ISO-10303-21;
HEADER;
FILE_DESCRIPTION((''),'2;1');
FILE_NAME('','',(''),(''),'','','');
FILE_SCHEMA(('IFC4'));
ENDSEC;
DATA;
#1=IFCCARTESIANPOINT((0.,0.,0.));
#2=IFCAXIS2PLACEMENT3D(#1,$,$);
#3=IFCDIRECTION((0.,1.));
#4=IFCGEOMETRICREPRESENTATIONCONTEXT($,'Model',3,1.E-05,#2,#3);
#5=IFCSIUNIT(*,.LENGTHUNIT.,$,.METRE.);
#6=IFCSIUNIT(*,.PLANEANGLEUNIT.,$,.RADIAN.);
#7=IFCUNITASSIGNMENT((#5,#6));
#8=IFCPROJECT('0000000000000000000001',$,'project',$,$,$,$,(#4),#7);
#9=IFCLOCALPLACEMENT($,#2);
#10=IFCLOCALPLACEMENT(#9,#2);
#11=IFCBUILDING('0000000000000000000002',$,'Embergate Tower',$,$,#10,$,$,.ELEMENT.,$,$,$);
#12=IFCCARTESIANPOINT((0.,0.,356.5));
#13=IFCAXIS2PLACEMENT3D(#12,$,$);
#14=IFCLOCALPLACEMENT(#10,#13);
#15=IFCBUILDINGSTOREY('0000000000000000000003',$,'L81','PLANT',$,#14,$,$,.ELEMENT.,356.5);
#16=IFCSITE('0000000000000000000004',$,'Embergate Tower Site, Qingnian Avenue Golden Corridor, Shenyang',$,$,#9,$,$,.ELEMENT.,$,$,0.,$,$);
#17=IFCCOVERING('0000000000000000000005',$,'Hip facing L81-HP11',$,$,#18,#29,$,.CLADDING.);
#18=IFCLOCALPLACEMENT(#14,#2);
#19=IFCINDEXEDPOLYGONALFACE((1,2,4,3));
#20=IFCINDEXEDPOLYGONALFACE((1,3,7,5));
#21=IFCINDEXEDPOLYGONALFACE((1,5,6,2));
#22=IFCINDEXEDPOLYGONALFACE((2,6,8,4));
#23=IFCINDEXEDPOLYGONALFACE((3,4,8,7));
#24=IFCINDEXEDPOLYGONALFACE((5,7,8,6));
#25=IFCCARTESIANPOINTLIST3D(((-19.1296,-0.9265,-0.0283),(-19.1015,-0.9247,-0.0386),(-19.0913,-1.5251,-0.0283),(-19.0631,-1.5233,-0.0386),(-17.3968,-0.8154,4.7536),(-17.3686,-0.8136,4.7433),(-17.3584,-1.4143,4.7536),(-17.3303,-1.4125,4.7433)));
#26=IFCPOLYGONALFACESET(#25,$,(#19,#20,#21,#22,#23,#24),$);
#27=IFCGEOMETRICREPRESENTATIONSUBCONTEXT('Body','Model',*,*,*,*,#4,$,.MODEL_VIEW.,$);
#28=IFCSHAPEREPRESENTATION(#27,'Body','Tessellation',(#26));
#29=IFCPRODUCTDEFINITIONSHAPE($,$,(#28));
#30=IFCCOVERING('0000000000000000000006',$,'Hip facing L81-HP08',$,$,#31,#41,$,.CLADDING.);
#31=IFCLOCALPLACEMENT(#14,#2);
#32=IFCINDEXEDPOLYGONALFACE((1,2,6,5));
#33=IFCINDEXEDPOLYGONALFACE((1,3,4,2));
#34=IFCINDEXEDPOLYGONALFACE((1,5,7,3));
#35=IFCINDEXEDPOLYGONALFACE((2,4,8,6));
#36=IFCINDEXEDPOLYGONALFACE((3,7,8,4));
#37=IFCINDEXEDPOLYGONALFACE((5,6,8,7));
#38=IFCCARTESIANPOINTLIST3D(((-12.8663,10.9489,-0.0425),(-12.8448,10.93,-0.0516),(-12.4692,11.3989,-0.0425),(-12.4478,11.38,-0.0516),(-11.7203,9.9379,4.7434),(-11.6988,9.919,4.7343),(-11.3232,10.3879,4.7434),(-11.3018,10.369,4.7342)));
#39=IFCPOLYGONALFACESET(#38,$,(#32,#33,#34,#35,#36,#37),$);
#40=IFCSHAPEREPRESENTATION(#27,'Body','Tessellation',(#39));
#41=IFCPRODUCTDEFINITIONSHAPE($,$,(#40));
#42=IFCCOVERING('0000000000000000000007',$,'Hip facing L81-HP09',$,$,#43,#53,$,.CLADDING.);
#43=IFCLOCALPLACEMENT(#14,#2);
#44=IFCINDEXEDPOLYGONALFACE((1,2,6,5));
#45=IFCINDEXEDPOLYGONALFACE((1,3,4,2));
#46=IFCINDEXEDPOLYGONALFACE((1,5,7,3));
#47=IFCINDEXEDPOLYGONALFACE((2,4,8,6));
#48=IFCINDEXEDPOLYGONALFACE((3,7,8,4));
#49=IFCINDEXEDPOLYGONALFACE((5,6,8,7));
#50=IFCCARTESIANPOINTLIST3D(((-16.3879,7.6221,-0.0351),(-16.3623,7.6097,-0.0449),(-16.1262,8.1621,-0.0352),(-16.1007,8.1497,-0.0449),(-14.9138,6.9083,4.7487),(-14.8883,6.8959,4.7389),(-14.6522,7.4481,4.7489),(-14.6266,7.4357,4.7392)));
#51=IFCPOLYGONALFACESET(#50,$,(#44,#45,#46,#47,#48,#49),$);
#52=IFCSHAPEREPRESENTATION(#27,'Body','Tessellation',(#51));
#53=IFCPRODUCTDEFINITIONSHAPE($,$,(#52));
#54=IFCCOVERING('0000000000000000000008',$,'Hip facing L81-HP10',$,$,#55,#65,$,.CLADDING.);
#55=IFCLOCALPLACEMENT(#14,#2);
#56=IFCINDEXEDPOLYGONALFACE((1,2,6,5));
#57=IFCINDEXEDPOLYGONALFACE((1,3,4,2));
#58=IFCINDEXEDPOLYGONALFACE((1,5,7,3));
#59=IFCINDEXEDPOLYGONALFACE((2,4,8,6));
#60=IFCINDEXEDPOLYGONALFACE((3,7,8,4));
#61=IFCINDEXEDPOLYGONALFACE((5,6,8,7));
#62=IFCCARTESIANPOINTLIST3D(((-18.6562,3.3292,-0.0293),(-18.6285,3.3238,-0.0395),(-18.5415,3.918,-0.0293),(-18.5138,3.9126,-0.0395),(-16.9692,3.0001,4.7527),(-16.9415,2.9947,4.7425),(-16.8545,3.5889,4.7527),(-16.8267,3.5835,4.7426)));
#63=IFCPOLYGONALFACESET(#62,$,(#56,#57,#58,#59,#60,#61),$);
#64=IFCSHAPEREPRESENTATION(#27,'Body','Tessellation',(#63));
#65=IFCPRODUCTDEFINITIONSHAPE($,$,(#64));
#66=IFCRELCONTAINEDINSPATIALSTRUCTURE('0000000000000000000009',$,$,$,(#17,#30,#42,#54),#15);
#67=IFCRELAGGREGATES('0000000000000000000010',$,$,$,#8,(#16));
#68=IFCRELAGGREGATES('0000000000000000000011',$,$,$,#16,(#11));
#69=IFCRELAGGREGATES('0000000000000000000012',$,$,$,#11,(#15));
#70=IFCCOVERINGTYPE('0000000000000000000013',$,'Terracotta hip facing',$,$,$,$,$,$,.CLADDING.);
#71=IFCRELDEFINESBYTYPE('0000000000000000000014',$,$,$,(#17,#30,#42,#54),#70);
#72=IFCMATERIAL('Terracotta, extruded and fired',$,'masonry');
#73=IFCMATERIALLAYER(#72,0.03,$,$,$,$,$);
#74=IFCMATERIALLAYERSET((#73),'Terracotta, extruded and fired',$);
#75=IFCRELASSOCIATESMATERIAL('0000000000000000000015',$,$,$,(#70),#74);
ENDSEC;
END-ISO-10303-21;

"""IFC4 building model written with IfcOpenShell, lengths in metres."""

from ifc_helpers import new_model, si_unit, direction, frame, origin, place, context, subcontext, project, spatial, polyline, outline, extrude, source, transform, mapped, material, layer, layer_set, type_object, element, save


model = new_model("IFC4")

# Units and contexts
model_context = context("Model", 3, precision=1e-05, world=origin(), true_north=direction((0.0, 1.0)))
body_context = subcontext(model_context, "Body", "Model", "MODEL_VIEW")
ifc_project = project(units=[si_unit("LENGTHUNIT", "METRE"), si_unit("PLANEANGLEUNIT", "RADIAN")], contexts=[model_context])

# Site, building, storey
site_placement = place(None, origin())
site = spatial("IfcSite", under=ifc_project, at=site_placement, Name="Embergate Tower Site, Qingnian Avenue Golden Corridor, Shenyang", CompositionType="ELEMENT", RefElevation=0.0)
building_placement = place(site_placement, origin())
building = spatial("IfcBuilding", under=site, at=building_placement, Name="Embergate Tower", CompositionType="ELEMENT")
storey_placement = place(building_placement, frame((0.0, 0.0, 356.5)))
storey = spatial("IfcBuildingStorey", under=building, at=storey_placement, Name="L81", Description="PLANT", CompositionType="ELEMENT", Elevation=356.5)

# Coverings
ifc_material_1 = material(Name="Terracotta, extruded and fired", Category="masonry")
ifc_layer_1 = layer(ifc_material_1, 0.03)
ifc_layer_set_1 = layer_set([ifc_layer_1], Name="Terracotta, extruded and fired")
covering_type = type_object("IfcCoveringType", Name="Terracotta hip facing", PredefinedType="CLADDING", material=ifc_layer_set_1)
shared_shape_1 = source(origin(), body_context, "Body", "SweptSolid", [
    extrude(outline(polyline([(0.0, 0.0), (5.0874, 0.0), (5.0874, -0.6001), (0.0, -0.5999), (0.0, 0.0)])), origin(), (0.0, 0.0, -1.0), 0.03),
])
covering_1_placement = place(storey_placement, frame((-19.1296, -0.9265, -0.0283), z_axis=(-0.938027, -0.060049, 0.341319), x_axis=(0.34062, 0.021835, 0.939948)))
element("IfcCovering", 1, at=covering_1_placement, inside=storey, type_object=covering_type, Name="Hip facing L81-HP11", PredefinedType="CLADDING", context=body_context, shape_type="MappedRepresentation", body=[
    mapped(shared_shape_1, transform((0.0, 0.0, 0.0))),
])
shared_shape_2 = source(origin(), body_context, "Body", "SweptSolid", [
    extrude(outline(polyline([(0.0, 0.0), (5.0239, 0.0), (5.0239, -0.6001), (0.0, -0.6001), (0.0, 0.0)])), origin(), (0.0, 0.0, -1.0), 0.03),
])
covering_2_placement = place(storey_placement, frame((-12.4692, 11.3989, -0.0425), z_axis=(-0.71434, 0.630231, 0.304183), x_axis=(0.228106, -0.201233, 0.952614)))
element("IfcCovering", 2, at=covering_2_placement, inside=storey, type_object=covering_type, Name="Hip facing L81-HP08", PredefinedType="CLADDING", context=body_context, shape_type="MappedRepresentation", body=[
    mapped(shared_shape_2, transform((0.0, 0.0, 0.0))),
])
shared_shape_3 = source(origin(), body_context, "Body", "SweptSolid", [
    extrude(outline(polyline([(0.0, 0.0), (5.0566, 0.0), (5.0564, -0.5999), (0.0, -0.6001), (0.0, 0.0)])), origin(), (0.0, 0.0, -1.0), 0.03),
])
covering_3_placement = place(storey_placement, frame((-16.1262, 8.1621, -0.0352), z_axis=(-0.851418, 0.412523, 0.323902), x_axis=(0.291499, -0.141212, 0.946091)))
element("IfcCovering", 3, at=covering_3_placement, inside=storey, type_object=covering_type, Name="Hip facing L81-HP09", PredefinedType="CLADDING", context=body_context, shape_type="MappedRepresentation", body=[
    mapped(shared_shape_3, transform((0.0, 0.0, 0.0))),
])
shared_shape_4 = source(origin(), body_context, "Body", "SweptSolid", [
    extrude(outline(polyline([(0.0, 0.0), (5.0815, 0.0), (5.0815, -0.5999), (0.0, -0.5999), (0.0, 0.0)])), origin(), (0.0, 0.0, -1.0), 0.03),
])
covering_4_placement = place(storey_placement, frame((-18.5415, 3.918, -0.0293), z_axis=(-0.923684, 0.179988, 0.338249), x_axis=(0.331991, -0.064765, 0.941057)))
element("IfcCovering", 4, at=covering_4_placement, inside=storey, type_object=covering_type, Name="Hip facing L81-HP10", PredefinedType="CLADDING", context=body_context, shape_type="MappedRepresentation", body=[
    mapped(shared_shape_4, transform((0.0, 0.0, 0.0))),
])

save(model, "model.ifc")
